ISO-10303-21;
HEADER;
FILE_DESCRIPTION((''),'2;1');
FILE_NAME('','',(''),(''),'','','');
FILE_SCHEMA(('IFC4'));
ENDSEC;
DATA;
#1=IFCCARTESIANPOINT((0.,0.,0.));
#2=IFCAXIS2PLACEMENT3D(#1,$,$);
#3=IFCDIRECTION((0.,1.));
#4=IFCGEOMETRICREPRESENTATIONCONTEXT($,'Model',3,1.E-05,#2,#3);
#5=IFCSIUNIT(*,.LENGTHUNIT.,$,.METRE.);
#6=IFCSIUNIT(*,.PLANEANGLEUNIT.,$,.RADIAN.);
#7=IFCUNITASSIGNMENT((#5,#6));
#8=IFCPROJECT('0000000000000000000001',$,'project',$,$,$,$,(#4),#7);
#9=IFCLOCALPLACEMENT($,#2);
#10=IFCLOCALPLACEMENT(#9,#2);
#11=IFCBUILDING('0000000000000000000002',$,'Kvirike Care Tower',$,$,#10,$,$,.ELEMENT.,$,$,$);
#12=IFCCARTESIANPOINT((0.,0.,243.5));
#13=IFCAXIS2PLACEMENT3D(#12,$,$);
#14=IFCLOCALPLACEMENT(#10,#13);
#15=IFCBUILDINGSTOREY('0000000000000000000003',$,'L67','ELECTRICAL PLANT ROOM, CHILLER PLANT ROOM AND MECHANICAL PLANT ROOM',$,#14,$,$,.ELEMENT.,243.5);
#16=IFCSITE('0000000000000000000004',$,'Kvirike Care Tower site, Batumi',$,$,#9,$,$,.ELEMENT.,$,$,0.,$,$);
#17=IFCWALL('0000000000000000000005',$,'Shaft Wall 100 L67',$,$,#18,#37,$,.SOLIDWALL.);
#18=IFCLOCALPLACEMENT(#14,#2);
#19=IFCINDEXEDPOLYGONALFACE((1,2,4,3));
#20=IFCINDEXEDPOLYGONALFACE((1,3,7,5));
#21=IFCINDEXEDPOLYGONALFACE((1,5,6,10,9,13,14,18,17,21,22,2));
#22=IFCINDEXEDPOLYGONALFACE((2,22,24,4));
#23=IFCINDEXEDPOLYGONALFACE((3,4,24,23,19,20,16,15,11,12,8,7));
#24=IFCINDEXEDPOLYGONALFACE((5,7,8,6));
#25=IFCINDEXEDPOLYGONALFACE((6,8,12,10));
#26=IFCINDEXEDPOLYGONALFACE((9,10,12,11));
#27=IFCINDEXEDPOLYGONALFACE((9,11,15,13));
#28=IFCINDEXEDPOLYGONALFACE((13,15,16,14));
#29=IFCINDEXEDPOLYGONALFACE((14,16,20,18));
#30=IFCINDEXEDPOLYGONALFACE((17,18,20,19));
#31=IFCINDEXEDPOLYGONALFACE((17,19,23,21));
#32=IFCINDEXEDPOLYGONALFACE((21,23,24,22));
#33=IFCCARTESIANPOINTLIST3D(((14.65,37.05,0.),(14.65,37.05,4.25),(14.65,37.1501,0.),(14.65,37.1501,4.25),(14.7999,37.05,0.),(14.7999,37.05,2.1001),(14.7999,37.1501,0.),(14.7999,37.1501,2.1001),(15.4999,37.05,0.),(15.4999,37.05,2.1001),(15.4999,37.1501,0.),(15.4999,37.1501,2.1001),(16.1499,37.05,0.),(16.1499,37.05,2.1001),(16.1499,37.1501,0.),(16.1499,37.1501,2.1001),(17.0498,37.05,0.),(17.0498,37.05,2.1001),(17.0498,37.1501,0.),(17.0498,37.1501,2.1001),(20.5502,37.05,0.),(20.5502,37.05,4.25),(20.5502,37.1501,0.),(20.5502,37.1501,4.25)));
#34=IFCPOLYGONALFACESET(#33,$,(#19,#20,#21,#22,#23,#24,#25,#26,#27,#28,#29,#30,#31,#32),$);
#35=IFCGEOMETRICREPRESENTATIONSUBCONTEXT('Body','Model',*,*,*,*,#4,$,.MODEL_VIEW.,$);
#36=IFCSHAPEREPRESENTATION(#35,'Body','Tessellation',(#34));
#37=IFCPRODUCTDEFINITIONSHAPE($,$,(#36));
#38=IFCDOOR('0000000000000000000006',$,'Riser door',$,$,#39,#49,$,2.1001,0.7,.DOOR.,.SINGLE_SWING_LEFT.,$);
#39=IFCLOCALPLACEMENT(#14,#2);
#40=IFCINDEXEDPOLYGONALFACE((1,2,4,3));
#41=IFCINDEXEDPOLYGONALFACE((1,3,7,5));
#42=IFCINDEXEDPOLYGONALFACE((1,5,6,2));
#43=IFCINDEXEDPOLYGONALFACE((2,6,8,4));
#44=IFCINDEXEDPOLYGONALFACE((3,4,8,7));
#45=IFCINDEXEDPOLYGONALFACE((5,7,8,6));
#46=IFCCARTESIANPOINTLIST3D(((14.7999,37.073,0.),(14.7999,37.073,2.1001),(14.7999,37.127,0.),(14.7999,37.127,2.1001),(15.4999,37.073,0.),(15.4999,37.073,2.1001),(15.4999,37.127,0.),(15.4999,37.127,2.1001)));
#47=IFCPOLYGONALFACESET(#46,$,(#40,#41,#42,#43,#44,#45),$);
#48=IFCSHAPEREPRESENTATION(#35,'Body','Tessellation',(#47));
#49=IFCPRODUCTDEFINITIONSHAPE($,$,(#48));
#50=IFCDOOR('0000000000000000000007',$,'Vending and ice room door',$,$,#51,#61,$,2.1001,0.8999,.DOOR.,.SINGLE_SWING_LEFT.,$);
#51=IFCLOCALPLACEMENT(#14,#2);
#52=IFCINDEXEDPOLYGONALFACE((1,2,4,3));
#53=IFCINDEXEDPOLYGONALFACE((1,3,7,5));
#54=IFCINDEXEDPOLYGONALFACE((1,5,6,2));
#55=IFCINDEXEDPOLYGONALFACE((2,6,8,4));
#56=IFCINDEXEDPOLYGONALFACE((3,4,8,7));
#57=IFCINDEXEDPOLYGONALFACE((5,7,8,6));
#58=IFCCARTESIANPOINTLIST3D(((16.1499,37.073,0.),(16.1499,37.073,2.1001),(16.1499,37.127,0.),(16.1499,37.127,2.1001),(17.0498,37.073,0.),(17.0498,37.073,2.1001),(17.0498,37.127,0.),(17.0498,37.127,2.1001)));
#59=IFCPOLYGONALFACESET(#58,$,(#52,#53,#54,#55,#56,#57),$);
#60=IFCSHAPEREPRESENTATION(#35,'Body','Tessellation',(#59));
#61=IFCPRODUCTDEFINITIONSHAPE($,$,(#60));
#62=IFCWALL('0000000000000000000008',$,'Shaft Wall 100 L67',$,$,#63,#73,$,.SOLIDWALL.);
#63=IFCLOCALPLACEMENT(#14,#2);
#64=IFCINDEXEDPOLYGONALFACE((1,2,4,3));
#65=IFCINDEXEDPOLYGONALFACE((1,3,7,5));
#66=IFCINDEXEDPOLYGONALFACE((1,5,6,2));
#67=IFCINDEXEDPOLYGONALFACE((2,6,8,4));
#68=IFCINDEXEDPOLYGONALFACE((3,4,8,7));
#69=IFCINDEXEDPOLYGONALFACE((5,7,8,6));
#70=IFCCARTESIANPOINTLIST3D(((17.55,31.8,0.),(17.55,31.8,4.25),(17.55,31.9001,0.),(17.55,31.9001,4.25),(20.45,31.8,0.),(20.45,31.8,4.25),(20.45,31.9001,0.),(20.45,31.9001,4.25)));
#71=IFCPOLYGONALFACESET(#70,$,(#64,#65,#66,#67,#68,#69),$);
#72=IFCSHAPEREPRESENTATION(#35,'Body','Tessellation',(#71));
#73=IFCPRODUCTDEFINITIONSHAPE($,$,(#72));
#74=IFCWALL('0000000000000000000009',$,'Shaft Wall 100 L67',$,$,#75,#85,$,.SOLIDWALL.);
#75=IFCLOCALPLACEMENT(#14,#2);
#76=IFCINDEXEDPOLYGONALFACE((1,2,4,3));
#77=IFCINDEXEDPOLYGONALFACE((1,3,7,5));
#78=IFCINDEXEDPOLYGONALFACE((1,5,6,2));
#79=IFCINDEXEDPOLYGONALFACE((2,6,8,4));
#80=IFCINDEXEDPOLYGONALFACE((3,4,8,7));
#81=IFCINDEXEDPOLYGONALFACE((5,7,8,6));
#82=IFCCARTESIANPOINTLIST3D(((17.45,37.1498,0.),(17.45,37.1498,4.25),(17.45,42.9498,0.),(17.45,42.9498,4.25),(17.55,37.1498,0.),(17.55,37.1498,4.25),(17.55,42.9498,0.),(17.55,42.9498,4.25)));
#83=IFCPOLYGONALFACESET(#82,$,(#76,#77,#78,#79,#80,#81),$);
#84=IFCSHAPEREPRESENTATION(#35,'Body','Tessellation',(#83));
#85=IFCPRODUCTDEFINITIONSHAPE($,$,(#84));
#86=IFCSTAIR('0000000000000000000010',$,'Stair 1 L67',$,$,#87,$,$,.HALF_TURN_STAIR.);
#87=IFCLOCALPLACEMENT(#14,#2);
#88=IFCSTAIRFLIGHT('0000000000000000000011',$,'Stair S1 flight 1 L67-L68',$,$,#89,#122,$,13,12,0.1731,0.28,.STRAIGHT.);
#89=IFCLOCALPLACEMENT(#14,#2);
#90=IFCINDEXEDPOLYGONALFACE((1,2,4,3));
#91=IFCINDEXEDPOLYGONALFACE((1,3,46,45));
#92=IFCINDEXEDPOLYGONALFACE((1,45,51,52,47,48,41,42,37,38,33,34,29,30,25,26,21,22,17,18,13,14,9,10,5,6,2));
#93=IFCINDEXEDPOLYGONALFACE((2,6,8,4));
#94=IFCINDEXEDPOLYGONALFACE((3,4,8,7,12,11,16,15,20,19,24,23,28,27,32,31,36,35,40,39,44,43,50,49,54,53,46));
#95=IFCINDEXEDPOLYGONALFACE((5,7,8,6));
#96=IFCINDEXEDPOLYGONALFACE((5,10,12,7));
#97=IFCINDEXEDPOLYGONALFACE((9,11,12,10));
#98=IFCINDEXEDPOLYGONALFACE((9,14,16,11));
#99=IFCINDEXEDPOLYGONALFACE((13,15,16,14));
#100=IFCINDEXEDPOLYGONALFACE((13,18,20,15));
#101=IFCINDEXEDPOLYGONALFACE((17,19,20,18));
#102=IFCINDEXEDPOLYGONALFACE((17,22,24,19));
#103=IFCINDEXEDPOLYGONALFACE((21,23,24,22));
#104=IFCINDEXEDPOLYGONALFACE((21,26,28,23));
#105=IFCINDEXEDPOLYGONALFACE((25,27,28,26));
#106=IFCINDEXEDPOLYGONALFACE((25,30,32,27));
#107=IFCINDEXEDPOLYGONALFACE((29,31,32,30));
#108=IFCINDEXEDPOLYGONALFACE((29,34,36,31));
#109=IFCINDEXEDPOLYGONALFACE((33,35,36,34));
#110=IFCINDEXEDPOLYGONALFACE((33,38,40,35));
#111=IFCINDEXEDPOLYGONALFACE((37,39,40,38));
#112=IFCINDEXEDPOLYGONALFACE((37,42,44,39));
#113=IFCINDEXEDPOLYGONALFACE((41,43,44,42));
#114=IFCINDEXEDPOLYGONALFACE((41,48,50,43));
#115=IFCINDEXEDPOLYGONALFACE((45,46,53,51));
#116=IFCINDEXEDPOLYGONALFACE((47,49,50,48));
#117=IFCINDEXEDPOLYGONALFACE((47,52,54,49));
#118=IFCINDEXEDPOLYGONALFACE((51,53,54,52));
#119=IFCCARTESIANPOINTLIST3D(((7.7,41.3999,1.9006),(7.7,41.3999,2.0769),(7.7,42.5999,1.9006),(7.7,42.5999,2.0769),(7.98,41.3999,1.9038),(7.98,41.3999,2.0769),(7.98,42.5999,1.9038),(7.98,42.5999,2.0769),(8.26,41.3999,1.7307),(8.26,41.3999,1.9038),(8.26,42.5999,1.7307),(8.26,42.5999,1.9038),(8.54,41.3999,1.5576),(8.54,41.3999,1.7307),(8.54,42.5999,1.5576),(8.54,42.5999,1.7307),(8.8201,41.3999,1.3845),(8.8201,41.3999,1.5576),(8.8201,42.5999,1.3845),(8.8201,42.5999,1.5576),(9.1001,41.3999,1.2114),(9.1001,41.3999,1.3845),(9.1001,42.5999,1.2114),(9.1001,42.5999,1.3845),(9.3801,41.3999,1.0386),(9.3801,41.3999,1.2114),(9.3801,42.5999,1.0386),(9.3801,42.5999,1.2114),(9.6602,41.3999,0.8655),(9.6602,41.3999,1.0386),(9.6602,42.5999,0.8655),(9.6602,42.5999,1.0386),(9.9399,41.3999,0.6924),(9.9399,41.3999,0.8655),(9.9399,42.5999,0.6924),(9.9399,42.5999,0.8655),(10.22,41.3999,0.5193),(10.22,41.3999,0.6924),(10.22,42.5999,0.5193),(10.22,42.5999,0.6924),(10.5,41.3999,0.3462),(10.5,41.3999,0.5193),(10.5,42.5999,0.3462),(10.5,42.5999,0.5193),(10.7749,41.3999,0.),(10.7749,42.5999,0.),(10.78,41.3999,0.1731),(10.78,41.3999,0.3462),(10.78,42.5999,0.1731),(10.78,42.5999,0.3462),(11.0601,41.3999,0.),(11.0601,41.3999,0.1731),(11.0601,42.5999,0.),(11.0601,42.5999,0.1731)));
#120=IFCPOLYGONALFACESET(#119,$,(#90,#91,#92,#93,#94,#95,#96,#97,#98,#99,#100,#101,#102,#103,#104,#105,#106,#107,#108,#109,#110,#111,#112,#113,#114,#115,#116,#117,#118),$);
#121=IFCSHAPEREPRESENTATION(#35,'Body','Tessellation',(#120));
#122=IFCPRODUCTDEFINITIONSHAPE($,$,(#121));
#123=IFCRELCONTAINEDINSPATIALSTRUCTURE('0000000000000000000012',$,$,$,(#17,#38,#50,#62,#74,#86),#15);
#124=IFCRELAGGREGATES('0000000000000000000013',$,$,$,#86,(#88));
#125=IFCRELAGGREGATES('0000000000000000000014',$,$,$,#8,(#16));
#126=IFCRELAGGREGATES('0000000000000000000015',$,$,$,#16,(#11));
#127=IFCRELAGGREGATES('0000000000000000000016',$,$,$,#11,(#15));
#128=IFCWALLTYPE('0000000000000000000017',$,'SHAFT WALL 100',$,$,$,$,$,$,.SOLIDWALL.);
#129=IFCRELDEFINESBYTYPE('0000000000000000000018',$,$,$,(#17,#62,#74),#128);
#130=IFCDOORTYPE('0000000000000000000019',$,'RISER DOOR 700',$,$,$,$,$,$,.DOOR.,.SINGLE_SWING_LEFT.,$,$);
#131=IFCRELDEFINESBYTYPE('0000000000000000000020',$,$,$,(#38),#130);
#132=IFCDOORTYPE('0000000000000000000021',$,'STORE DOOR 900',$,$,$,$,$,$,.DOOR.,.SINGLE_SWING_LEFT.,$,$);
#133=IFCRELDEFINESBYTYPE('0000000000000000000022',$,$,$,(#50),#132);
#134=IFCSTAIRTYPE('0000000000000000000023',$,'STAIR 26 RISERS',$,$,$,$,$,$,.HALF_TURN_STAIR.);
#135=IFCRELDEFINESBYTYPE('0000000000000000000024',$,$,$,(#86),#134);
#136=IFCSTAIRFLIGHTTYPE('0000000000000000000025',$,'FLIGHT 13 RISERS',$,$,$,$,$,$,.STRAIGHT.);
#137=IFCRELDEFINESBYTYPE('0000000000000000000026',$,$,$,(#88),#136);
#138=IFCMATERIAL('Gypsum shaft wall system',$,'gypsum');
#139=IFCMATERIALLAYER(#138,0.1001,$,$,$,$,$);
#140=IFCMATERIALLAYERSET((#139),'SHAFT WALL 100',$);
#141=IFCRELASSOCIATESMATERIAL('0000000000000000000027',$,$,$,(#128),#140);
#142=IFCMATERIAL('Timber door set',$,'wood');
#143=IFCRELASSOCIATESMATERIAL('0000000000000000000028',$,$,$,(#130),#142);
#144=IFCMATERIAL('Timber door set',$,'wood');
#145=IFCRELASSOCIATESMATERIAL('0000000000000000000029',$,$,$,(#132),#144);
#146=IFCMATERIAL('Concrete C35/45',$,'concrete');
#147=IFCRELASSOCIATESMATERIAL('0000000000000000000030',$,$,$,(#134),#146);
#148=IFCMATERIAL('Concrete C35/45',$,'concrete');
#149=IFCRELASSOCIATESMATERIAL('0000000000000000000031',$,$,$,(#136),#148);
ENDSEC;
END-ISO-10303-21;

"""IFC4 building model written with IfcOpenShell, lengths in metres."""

from ifc_helpers import new_model, si_unit, direction, frame, frame_2d, origin, place, context, subcontext, project, spatial, polyline, rectangle, outline, extrude, material, layer, layer_set, type_object, element, fill, aggregate, save


model = new_model("IFC4")

# Units and contexts
model_context = context("Model", 3, precision=1e-05, world=origin(), true_north=direction((0.0, 1.0)))
body_context = subcontext(model_context, "Body", "Model", "MODEL_VIEW")
ifc_project = project(units=[si_unit("LENGTHUNIT", "METRE"), si_unit("PLANEANGLEUNIT", "RADIAN")], contexts=[model_context])

# Site, building, storey
site_placement = place(None, origin())
site = spatial("IfcSite", under=ifc_project, at=site_placement, Name="Kvirike Care Tower site, Batumi", CompositionType="ELEMENT", RefElevation=0.0)
building_placement = place(site_placement, origin())
building = spatial("IfcBuilding", under=site, at=building_placement, Name="Kvirike Care Tower", CompositionType="ELEMENT")
storey_placement = place(building_placement, frame((0.0, 0.0, 243.5)))
storey = spatial("IfcBuildingStorey", under=building, at=storey_placement, Name="L67", Description="ELECTRICAL PLANT ROOM, CHILLER PLANT ROOM AND MECHANICAL PLANT ROOM", CompositionType="ELEMENT", Elevation=243.5)

# Shared definitions
ifc_material_1 = material(Name="Gypsum shaft wall system", Category="gypsum")
ifc_layer_1 = layer(ifc_material_1, 0.1001)
ifc_layer_set_1 = layer_set([ifc_layer_1], Name="SHAFT WALL 100")
wall_type_1 = type_object("IfcWallType", Name="SHAFT WALL 100", PredefinedType="SOLIDWALL", material=ifc_layer_set_1)

# Shared definitions
ifc_material_2 = material(Name="Timber door set", Category="wood")
door_type_1 = type_object("IfcDoorType", Name="RISER DOOR 700", OperationType="SINGLE_SWING_LEFT", PredefinedType="DOOR", material=ifc_material_2)

# Wall, openings, doors
wall_1_placement = place(storey_placement, frame((14.6499, 37.1001, 0.0), z_axis=(0.0, 0.0, 1.0), x_axis=(1.0, 0.0, 0.0)))
wall_1 = element("IfcWall", 1, at=wall_1_placement, inside=storey, type_object=wall_type_1, Name="Shaft Wall 100 L67", PredefinedType="SOLIDWALL", context=body_context, shape_type="SweptSolid", body=[
    extrude(rectangle(XDim=5.9001, YDim=0.1001, at=frame_2d((2.9502, 0.0))), origin(), (0.0, 0.0, 1.0), 4.25),
])
opening_1_placement = place(wall_1_placement, frame((0.1499, 0.0, 0.0)))
opening_1 = element("IfcOpeningElement", 2, at=opening_1_placement, cuts=wall_1, PredefinedType="OPENING", context=body_context, shape_type="SweptSolid", body=[
    extrude(rectangle(XDim=0.7, YDim=2.1001, at=frame_2d((0.3501, 1.05))), frame((0.0, 0.0605, 0.0), z_axis=(0.0, -1.0, 0.0), x_axis=(1.0, 0.0, 0.0)), (0.0, 0.0, 1.0), 0.1211),
])
opening_2_placement = place(wall_1_placement, frame((1.5, 0.0, 0.0)))
opening_2 = element("IfcOpeningElement", 3, at=opening_2_placement, cuts=wall_1, PredefinedType="OPENING", context=body_context, shape_type="SweptSolid", body=[
    extrude(rectangle(XDim=0.8999, YDim=2.1001, at=frame_2d((0.45, 1.05))), frame((0.0, 0.0605, 0.0), z_axis=(0.0, -1.0, 0.0), x_axis=(1.0, 0.0, 0.0)), (0.0, 0.0, 1.0), 0.1211),
])
door_1_placement = place(opening_1_placement, origin())
door_1 = element("IfcDoor", 4, at=door_1_placement, inside=storey, type_object=door_type_1, Name="Riser door", OperationType="SINGLE_SWING_LEFT", OverallHeight=2.1001, OverallWidth=0.7, PredefinedType="DOOR", context=body_context, shape_type="SweptSolid", body=[
    extrude(rectangle(XDim=0.7, YDim=2.1001, at=frame_2d((0.3501, 1.05))), frame((0.0, 0.0269, 0.0), z_axis=(0.0, -1.0, 0.0), x_axis=(1.0, 0.0, 0.0)), (0.0, 0.0, 1.0), 0.054),
])
fill(opening_1, door_1)
ifc_material_3 = material(Name="Timber door set", Category="wood")
door_type_2 = type_object("IfcDoorType", Name="STORE DOOR 900", OperationType="SINGLE_SWING_LEFT", PredefinedType="DOOR", material=ifc_material_3)
door_2_placement = place(opening_2_placement, origin())
door_2 = element("IfcDoor", 5, at=door_2_placement, inside=storey, type_object=door_type_2, Name="Vending and ice room door", OperationType="SINGLE_SWING_LEFT", OverallHeight=2.1001, OverallWidth=0.8999, PredefinedType="DOOR", context=body_context, shape_type="SweptSolid", body=[
    extrude(rectangle(XDim=0.8999, YDim=2.1001, at=frame_2d((0.45, 1.05))), frame((0.0, 0.0269, 0.0), z_axis=(0.0, -1.0, 0.0), x_axis=(1.0, 0.0, 0.0)), (0.0, 0.0, 1.0), 0.054),
])
fill(opening_2, door_2)

# Walls
wall_2_placement = place(storey_placement, frame((17.55, 31.8501, 0.0), z_axis=(0.0, 0.0, 1.0), x_axis=(1.0, 0.0, 0.0)))
element("IfcWall", 6, at=wall_2_placement, inside=storey, type_object=wall_type_1, Name="Shaft Wall 100 L67", PredefinedType="SOLIDWALL", context=body_context, shape_type="SweptSolid", body=[
    extrude(rectangle(XDim=2.8999, YDim=0.1001, at=frame_2d((1.45, 0.0))), origin(), (0.0, 0.0, 1.0), 4.25),
])
wall_3_placement = place(storey_placement, frame((17.5, 37.1499, 0.0), z_axis=(0.0, 0.0, 1.0), x_axis=(0.0, 1.0, 0.0)))
element("IfcWall", 7, at=wall_3_placement, inside=storey, type_object=wall_type_1, Name="Shaft Wall 100 L67", PredefinedType="SOLIDWALL", context=body_context, shape_type="SweptSolid", body=[
    extrude(rectangle(XDim=5.8, YDim=0.1001, at=frame_2d((2.8999, 0.0))), origin(), (0.0, 0.0, 1.0), 4.25),
])

# Stair, stair flight
ifc_material_4 = material(Name="Concrete C35/45", Category="concrete")
stair_type = type_object("IfcStairType", Name="STAIR 26 RISERS", PredefinedType="HALF_TURN_STAIR", material=ifc_material_4)
stair_placement = place(storey_placement, origin())
stair = element("IfcStair", 8, at=stair_placement, inside=storey, type_object=stair_type, Name="Stair 1 L67", PredefinedType="HALF_TURN_STAIR")
ifc_material_5 = material(Name="Concrete C35/45", Category="concrete")
stair_flight_type = type_object("IfcStairFlightType", Name="FLIGHT 13 RISERS", PredefinedType="STRAIGHT", material=ifc_material_5)
stair_flight_placement = place(storey_placement, frame((11.0601, 42.0, 0.0), z_axis=(0.0, 0.0, 1.0), x_axis=(-1.0, 0.0, 0.0)))
stair_flight = element("IfcStairFlight", 9, at=stair_flight_placement, type_object=stair_flight_type, Name="Stair S1 flight 1 L67-L68", NumberOfRisers=13, NumberOfTreads=12, PredefinedType="STRAIGHT", RiserHeight=0.1731, TreadLength=0.28, context=body_context, shape_type="SweptSolid", body=[
    extrude(outline(polyline([(0.0, 0.0), (0.0, 0.1731), (0.28, 0.1731), (0.28, 0.3462), (0.5601, 0.3462), (0.5601, 0.5193), (0.8401, 0.5193), (0.8401, 0.6924), (1.1201, 0.6924), (1.1201, 0.8655), (1.3999, 0.8655), (1.3999, 1.0386), (1.6799, 1.0386), (1.6799, 1.2114), (1.96, 1.2114), (1.96, 1.3845), (2.24, 1.3845), (2.24, 1.5576), (2.52, 1.5576), (2.52, 1.7307), (2.8, 1.7307), (2.8, 1.9038), (3.0801, 1.9038), (3.0801, 2.0769), (3.3601, 2.0769), (3.3601, 2.25), (3.3601, 1.9006), (0.2852, 0.0), (0.0, 0.0)])), frame((0.0, 0.6001, 0.0), z_axis=(0.0, -1.0, 0.0), x_axis=(1.0, 0.0, 0.0)), (0.0, 0.0, 1.0), 1.2),
])
aggregate(stair, [stair_flight])

save(model, "model.ifc")
